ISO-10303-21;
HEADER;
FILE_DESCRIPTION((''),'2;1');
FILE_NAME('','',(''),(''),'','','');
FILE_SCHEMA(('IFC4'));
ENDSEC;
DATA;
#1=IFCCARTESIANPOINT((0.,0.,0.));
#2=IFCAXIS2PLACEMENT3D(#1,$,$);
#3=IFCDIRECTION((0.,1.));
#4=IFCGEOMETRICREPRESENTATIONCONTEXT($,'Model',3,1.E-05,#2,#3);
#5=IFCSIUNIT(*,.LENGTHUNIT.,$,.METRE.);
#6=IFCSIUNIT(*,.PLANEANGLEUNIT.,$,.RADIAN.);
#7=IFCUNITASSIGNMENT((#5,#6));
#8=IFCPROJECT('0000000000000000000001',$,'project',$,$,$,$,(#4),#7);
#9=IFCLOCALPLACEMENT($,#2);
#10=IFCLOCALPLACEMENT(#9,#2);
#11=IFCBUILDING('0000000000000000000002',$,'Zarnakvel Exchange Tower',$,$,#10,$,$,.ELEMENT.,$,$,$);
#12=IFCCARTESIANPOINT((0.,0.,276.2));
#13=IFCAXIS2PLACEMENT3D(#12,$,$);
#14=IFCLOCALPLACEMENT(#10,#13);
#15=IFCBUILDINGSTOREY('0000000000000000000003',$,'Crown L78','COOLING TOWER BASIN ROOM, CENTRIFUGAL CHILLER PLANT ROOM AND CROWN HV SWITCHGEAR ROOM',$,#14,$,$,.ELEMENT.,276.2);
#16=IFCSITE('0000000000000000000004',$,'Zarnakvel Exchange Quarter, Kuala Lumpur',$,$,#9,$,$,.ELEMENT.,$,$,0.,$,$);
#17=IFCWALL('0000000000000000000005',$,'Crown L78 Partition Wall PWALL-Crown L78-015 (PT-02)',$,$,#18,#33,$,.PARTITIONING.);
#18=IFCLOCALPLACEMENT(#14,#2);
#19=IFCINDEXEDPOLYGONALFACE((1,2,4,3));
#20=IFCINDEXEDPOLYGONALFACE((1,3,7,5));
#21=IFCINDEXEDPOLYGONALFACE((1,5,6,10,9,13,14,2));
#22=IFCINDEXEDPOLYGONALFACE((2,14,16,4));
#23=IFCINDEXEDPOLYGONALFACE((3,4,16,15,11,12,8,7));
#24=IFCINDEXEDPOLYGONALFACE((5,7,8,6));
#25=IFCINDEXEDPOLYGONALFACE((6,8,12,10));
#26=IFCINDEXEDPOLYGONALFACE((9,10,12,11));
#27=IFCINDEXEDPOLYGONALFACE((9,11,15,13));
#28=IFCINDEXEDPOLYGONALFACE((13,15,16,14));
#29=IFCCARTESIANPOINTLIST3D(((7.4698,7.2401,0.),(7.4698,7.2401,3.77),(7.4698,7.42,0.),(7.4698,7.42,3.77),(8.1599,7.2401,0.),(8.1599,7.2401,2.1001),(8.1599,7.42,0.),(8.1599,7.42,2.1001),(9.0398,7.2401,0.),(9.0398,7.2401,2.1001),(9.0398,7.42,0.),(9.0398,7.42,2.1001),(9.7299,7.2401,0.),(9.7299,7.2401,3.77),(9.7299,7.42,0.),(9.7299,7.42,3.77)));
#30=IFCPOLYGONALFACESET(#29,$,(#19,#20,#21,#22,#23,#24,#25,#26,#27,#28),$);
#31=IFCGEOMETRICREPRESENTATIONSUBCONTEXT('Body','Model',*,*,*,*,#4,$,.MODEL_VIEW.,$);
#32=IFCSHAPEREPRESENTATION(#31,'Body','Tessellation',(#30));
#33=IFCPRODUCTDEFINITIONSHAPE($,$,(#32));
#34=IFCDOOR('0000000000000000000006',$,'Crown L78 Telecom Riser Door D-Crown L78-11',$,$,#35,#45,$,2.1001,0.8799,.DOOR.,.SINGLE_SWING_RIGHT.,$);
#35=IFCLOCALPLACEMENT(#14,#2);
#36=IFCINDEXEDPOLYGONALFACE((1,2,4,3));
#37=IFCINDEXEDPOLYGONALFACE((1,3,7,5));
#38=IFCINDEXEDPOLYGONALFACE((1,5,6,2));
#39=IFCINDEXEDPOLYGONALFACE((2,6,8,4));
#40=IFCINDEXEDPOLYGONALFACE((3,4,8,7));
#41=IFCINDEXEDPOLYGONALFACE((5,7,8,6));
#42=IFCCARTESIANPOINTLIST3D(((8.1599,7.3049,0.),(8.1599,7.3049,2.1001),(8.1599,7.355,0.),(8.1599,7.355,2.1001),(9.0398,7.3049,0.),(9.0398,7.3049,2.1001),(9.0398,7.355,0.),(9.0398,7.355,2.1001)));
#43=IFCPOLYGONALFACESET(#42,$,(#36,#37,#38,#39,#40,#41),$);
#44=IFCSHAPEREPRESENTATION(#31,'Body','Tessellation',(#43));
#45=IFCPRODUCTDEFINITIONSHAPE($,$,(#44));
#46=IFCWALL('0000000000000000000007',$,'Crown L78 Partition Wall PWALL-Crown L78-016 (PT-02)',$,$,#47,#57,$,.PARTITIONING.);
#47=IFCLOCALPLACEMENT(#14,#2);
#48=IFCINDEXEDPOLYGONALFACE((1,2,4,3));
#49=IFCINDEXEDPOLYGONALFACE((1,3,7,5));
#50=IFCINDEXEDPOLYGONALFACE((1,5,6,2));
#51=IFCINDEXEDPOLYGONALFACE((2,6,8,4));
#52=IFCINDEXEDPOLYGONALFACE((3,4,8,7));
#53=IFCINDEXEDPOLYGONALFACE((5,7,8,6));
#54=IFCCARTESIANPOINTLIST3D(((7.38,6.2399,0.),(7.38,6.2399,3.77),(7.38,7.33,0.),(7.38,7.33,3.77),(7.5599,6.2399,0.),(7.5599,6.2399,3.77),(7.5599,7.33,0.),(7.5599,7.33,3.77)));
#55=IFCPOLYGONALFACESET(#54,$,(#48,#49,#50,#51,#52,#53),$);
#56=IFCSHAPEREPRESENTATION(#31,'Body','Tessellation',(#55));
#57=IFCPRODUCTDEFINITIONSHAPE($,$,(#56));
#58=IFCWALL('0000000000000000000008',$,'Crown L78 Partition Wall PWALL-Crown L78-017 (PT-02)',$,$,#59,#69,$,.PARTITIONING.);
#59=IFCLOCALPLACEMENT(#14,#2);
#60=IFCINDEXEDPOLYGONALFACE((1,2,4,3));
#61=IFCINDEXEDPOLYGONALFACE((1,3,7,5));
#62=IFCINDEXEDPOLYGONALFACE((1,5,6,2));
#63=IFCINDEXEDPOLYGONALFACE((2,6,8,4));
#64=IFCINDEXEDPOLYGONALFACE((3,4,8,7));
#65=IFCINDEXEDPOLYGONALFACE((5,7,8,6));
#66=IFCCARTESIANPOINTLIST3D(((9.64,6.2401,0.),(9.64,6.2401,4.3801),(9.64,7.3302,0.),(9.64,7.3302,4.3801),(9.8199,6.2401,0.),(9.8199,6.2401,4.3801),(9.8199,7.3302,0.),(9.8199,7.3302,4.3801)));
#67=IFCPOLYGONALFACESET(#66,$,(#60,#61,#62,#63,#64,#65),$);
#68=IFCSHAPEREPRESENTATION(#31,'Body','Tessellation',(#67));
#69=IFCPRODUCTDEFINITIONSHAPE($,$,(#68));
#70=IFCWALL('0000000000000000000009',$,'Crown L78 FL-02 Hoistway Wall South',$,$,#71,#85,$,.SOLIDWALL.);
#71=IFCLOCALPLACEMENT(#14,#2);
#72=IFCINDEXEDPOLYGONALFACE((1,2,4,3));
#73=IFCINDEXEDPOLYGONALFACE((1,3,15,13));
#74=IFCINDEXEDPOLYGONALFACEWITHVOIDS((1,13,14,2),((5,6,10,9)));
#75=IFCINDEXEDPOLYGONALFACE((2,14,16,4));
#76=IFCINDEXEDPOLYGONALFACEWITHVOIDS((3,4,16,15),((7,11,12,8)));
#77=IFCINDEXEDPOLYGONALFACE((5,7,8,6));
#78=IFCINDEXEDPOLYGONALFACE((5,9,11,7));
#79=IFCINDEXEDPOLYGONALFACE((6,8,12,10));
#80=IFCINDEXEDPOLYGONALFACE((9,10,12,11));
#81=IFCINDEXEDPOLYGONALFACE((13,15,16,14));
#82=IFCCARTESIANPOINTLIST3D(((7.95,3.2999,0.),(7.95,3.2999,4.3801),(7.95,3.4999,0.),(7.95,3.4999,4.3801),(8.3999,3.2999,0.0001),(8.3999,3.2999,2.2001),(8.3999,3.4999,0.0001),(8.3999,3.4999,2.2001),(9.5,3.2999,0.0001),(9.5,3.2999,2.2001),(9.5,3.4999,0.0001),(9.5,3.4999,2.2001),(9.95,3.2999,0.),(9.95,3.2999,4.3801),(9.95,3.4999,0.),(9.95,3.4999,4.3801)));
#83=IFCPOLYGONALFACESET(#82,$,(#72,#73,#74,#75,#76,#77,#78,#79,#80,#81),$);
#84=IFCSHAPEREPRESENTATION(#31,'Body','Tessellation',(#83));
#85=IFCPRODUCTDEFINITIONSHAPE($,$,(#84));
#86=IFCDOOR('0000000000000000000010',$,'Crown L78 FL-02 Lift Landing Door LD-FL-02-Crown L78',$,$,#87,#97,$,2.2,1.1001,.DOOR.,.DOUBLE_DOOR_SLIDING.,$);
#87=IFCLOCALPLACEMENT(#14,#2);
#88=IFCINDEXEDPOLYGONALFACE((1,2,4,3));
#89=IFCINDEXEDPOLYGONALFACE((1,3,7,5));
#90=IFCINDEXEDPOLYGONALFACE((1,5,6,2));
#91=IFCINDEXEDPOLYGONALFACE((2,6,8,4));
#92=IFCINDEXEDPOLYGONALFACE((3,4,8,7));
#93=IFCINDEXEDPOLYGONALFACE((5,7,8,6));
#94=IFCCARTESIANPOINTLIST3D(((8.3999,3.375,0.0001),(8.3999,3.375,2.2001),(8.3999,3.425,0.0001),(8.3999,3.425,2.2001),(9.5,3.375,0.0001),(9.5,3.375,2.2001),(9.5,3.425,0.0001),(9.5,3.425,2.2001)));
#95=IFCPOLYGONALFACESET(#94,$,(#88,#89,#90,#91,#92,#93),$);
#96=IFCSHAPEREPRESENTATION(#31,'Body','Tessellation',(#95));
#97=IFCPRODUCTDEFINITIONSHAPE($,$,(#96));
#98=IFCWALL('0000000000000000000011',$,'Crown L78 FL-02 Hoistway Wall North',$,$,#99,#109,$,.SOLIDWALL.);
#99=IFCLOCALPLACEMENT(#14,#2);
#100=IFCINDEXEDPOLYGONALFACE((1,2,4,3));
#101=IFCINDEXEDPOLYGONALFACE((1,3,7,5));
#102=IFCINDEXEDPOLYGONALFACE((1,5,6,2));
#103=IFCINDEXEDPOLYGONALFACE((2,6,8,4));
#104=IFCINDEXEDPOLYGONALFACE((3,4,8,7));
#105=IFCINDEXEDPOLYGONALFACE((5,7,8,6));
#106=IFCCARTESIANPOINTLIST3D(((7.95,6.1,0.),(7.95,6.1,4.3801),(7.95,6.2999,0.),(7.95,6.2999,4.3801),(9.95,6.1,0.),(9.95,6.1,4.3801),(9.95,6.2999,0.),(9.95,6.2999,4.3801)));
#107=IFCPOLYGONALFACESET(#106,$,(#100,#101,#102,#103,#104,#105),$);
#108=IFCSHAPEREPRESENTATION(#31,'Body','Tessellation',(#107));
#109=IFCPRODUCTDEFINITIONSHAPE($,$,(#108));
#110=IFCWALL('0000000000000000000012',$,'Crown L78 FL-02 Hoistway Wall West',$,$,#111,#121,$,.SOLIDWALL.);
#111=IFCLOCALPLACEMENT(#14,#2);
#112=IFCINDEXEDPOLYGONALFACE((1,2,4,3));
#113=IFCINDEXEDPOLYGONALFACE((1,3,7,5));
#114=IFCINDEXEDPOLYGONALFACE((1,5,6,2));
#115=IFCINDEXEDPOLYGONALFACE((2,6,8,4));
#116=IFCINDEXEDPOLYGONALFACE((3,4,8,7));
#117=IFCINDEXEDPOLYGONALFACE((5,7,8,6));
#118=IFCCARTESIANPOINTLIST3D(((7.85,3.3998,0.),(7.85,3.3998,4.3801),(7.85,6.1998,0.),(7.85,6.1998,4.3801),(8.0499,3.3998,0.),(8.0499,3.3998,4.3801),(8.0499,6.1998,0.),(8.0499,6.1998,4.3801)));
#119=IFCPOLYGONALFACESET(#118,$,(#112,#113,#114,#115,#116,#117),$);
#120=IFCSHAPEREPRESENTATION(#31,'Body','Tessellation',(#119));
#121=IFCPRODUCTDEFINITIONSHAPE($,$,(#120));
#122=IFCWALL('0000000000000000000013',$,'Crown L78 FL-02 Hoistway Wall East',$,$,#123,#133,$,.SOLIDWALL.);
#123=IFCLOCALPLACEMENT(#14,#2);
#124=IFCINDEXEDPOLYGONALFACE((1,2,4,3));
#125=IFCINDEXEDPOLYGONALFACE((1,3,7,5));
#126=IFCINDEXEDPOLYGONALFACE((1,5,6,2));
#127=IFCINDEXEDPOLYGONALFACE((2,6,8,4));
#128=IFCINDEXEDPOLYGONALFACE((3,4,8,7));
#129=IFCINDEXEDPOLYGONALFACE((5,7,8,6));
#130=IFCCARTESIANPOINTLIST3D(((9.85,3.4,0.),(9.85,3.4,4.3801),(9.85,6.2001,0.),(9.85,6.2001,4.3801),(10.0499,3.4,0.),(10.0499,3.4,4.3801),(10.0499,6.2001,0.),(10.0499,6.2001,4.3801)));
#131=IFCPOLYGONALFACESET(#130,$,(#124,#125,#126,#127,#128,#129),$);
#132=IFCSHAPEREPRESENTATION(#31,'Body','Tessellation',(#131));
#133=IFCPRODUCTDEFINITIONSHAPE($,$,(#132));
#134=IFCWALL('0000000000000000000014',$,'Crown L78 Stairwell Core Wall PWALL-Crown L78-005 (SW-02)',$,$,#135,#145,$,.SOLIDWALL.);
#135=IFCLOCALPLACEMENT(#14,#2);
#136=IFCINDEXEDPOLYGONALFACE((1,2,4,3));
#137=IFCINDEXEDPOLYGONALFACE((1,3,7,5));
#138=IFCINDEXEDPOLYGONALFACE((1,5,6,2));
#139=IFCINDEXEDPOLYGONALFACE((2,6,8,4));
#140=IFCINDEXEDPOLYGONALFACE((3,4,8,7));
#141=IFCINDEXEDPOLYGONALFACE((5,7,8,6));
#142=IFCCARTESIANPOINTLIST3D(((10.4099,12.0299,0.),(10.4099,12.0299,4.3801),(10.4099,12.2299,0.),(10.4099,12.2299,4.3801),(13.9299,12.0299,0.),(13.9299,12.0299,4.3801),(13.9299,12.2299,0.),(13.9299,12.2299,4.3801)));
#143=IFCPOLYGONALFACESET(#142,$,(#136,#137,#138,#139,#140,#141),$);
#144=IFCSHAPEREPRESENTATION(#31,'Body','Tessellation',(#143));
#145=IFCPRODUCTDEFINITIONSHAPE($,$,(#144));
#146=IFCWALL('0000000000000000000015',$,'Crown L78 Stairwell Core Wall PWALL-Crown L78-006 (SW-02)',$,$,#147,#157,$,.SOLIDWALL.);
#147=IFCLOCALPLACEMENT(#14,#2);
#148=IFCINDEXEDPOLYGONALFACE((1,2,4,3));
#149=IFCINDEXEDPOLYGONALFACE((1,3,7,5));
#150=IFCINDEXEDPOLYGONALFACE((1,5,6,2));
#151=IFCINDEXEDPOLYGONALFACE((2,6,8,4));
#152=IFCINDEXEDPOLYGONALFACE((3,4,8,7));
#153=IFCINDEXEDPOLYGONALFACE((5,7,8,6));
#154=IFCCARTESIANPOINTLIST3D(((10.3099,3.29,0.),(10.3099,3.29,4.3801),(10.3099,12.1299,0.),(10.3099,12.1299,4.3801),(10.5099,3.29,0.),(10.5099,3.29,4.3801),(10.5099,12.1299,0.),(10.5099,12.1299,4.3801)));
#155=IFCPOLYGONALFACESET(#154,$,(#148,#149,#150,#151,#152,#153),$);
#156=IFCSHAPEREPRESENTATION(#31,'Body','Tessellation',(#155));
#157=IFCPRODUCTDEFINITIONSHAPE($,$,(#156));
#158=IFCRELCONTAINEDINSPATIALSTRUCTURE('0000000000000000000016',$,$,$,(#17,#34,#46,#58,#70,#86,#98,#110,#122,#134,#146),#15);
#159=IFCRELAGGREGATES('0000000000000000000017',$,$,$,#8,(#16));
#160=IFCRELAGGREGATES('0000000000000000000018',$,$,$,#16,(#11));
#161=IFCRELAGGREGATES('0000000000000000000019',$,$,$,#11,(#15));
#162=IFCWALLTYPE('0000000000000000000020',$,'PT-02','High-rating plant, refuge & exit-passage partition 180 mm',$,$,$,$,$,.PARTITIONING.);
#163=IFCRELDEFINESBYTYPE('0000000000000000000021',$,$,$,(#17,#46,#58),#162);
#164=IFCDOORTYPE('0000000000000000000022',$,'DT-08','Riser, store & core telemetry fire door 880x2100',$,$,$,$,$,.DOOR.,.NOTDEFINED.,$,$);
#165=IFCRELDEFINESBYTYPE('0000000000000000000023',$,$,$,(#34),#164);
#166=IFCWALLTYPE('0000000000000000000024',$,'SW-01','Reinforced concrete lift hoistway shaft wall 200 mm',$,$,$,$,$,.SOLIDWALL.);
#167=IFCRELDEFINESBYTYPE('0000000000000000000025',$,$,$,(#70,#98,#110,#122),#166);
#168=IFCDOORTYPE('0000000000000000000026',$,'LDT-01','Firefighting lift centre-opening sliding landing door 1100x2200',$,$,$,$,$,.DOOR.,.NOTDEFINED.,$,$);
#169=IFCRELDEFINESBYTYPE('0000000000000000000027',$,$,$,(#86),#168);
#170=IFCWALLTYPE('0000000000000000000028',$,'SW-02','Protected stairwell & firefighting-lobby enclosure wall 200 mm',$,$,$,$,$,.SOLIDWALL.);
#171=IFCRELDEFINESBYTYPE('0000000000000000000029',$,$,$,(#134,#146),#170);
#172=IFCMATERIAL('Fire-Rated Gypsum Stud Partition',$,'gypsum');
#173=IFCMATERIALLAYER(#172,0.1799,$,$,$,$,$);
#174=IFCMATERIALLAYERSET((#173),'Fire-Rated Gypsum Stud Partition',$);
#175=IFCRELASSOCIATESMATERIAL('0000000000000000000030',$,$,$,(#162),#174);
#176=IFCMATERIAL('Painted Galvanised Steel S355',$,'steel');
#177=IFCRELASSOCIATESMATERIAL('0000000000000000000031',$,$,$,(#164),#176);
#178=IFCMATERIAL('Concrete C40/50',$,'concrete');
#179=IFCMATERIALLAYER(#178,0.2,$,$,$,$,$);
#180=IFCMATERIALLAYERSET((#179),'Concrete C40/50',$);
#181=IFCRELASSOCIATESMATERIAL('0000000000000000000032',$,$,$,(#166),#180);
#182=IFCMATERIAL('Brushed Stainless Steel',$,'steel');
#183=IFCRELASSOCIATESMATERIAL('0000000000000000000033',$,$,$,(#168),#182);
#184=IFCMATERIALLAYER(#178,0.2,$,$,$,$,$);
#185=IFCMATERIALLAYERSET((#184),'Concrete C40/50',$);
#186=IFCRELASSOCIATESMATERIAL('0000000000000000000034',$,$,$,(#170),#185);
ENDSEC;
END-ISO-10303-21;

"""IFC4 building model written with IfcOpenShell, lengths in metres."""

from ifc_helpers import new_model, si_unit, direction, frame, frame_2d, origin, place, context, subcontext, project, spatial, rectangle, extrude, source, transform, mapped, material, layer, layer_set, type_object, element, fill, save


model = new_model("IFC4")

# Units and contexts
model_context = context("Model", 3, precision=1e-05, world=origin(), true_north=direction((0.0, 1.0)))
body_context = subcontext(model_context, "Body", "Model", "MODEL_VIEW")
ifc_project = project(units=[si_unit("LENGTHUNIT", "METRE"), si_unit("PLANEANGLEUNIT", "RADIAN")], contexts=[model_context])

# Site, building, storey
site_placement = place(None, origin())
site = spatial("IfcSite", under=ifc_project, at=site_placement, Name="Zarnakvel Exchange Quarter, Kuala Lumpur", CompositionType="ELEMENT", RefElevation=0.0)
building_placement = place(site_placement, origin())
building = spatial("IfcBuilding", under=site, at=building_placement, Name="Zarnakvel Exchange Tower", CompositionType="ELEMENT")
storey_placement = place(building_placement, frame((0.0, 0.0, 276.2)))
storey = spatial("IfcBuildingStorey", under=building, at=storey_placement, Name="Crown L78", Description="COOLING TOWER BASIN ROOM, CENTRIFUGAL CHILLER PLANT ROOM AND CROWN HV SWITCHGEAR ROOM", CompositionType="ELEMENT", Elevation=276.2)

# Shared definitions
ifc_material_1 = material(Name="Fire-Rated Gypsum Stud Partition", Category="gypsum")
ifc_layer_1 = layer(ifc_material_1, 0.1799)
ifc_layer_set_1 = layer_set([ifc_layer_1], Name="Fire-Rated Gypsum Stud Partition")
wall_type_1 = type_object("IfcWallType", Name="PT-02", Description="High-rating plant, refuge & exit-passage partition 180 mm", PredefinedType="PARTITIONING", material=ifc_layer_set_1)
ifc_material_2 = material(Name="Painted Galvanised Steel S355", Category="steel")

# Wall, opening, door
wall_1_placement = place(storey_placement, frame((7.47, 7.3301, 0.0), z_axis=(0.0, 0.0, 1.0), x_axis=(1.0, 0.0, 0.0)))
wall_1 = element("IfcWall", 1, at=wall_1_placement, inside=storey, type_object=wall_type_1, Name="Crown L78 Partition Wall PWALL-Crown L78-015 (PT-02)", PredefinedType="PARTITIONING", context=body_context, shape_type="SweptSolid", body=[
    extrude(rectangle(XDim=2.26, YDim=0.1799, at=frame_2d((1.1299, 0.0))), origin(), (0.0, 0.0, 1.0), 3.77),
])
opening_1_placement = place(wall_1_placement, frame((0.6899, 0.0, 0.0)))
opening_1 = element("IfcOpeningElement", 2, at=opening_1_placement, cuts=wall_1, PredefinedType="OPENING", context=body_context, shape_type="SweptSolid", body=[
    extrude(rectangle(XDim=0.8799, YDim=2.1001, at=frame_2d((0.4399, 1.05))), frame((0.0, 0.0999, 0.0), z_axis=(0.0, -1.0, 0.0), x_axis=(1.0, 0.0, 0.0)), (0.0, 0.0, 1.0), 0.2),
])
door_type_1 = type_object("IfcDoorType", Name="DT-08", Description="Riser, store & core telemetry fire door 880x2100", OperationType="NOTDEFINED", PredefinedType="DOOR", material=ifc_material_2)
shared_shape_1 = source(origin(), body_context, "Body", "SweptSolid", [
    extrude(rectangle(XDim=0.8799, YDim=2.1001, at=frame_2d((0.4399, 1.05))), frame((0.0, 0.0249, 0.0), z_axis=(0.0, -1.0, 0.0), x_axis=(1.0, 0.0, 0.0)), (0.0, 0.0, 1.0), 0.05),
])
door_1_placement = place(opening_1_placement, origin())
door_1 = element("IfcDoor", 3, at=door_1_placement, inside=storey, type_object=door_type_1, Name="Crown L78 Telecom Riser Door D-Crown L78-11", OperationType="SINGLE_SWING_RIGHT", OverallHeight=2.1001, OverallWidth=0.8799, PredefinedType="DOOR", context=body_context, shape_type="MappedRepresentation", body=[
    mapped(shared_shape_1, transform((0.0, 0.0, 0.0), x_axis=(1.0, 0.0, 0.0), y_axis=(0.0, 1.0, 0.0), z_axis=(0.0, 0.0, 1.0), scale=1.0)),
])
fill(opening_1, door_1)

# Walls
wall_2_placement = place(storey_placement, frame((7.47, 6.24, 0.0), z_axis=(0.0, 0.0, 1.0), x_axis=(0.0, 1.0, 0.0)))
element("IfcWall", 4, at=wall_2_placement, inside=storey, type_object=wall_type_1, Name="Crown L78 Partition Wall PWALL-Crown L78-016 (PT-02)", PredefinedType="PARTITIONING", context=body_context, shape_type="SweptSolid", body=[
    extrude(rectangle(XDim=1.0901, YDim=0.1799, at=frame_2d((0.5449, 0.0))), origin(), (0.0, 0.0, 1.0), 3.77),
])
wall_3_placement = place(storey_placement, frame((9.73, 7.3301, 0.0), z_axis=(0.0, 0.0, 1.0), x_axis=(0.0, -1.0, 0.0)))
element("IfcWall", 5, at=wall_3_placement, inside=storey, type_object=wall_type_1, Name="Crown L78 Partition Wall PWALL-Crown L78-017 (PT-02)", PredefinedType="PARTITIONING", context=body_context, shape_type="SweptSolid", body=[
    extrude(rectangle(XDim=1.0901, YDim=0.1799, at=frame_2d((0.5449, 0.0))), origin(), (0.0, 0.0, 1.0), 4.3801),
])

# Wall, opening, door
ifc_material_3 = material(Name="Concrete C40/50", Category="concrete")
ifc_layer_2 = layer(ifc_material_3, 0.2)
ifc_layer_set_2 = layer_set([ifc_layer_2], Name="Concrete C40/50")
wall_type_2 = type_object("IfcWallType", Name="SW-01", Description="Reinforced concrete lift hoistway shaft wall 200 mm", PredefinedType="SOLIDWALL", material=ifc_layer_set_2)
wall_4_placement = place(storey_placement, frame((9.95, 3.3999, 0.0), z_axis=(0.0, 0.0, 1.0), x_axis=(-1.0, 0.0, 0.0)))
wall_4 = element("IfcWall", 6, at=wall_4_placement, inside=storey, type_object=wall_type_2, Name="Crown L78 FL-02 Hoistway Wall South", PredefinedType="SOLIDWALL", context=body_context, shape_type="SweptSolid", body=[
    extrude(rectangle(XDim=2.0, YDim=0.2, at=frame_2d((1.0, 0.0))), origin(), (0.0, 0.0, 1.0), 4.3801),
])
opening_2_placement = place(wall_4_placement, frame((0.45, 0.0, 0.0)))
opening_2 = element("IfcOpeningElement", 7, at=opening_2_placement, cuts=wall_4, PredefinedType="OPENING", context=body_context, shape_type="SweptSolid", body=[
    extrude(rectangle(XDim=1.1001, YDim=2.2, at=frame_2d((0.55, 1.1001))), frame((0.0, 0.1099, 0.0), z_axis=(0.0, -1.0, 0.0), x_axis=(1.0, 0.0, 0.0)), (0.0, 0.0, 1.0), 0.22),
])
ifc_material_4 = material(Name="Brushed Stainless Steel", Category="steel")
door_type_2 = type_object("IfcDoorType", Name="LDT-01", Description="Firefighting lift centre-opening sliding landing door 1100x2200", OperationType="NOTDEFINED", PredefinedType="DOOR", material=ifc_material_4)
shared_shape_2 = source(origin(), body_context, "Body", "SweptSolid", [
    extrude(rectangle(XDim=1.1001, YDim=2.2, at=frame_2d((0.55, 1.1001))), frame((0.0, 0.0249, 0.0), z_axis=(0.0, -1.0, 0.0), x_axis=(1.0, 0.0, 0.0)), (0.0, 0.0, 1.0), 0.05),
])
door_2_placement = place(opening_2_placement, origin())
door_2 = element("IfcDoor", 8, at=door_2_placement, inside=storey, type_object=door_type_2, Name="Crown L78 FL-02 Lift Landing Door LD-FL-02-Crown L78", OperationType="DOUBLE_DOOR_SLIDING", OverallHeight=2.2, OverallWidth=1.1001, PredefinedType="DOOR", context=body_context, shape_type="MappedRepresentation", body=[
    mapped(shared_shape_2, transform((0.0, 0.0, 0.0), x_axis=(1.0, 0.0, 0.0), y_axis=(0.0, 1.0, 0.0), z_axis=(0.0, 0.0, 1.0), scale=1.0)),
])
fill(opening_2, door_2)

# Walls
wall_5_placement = place(storey_placement, frame((7.95, 6.2, 0.0), z_axis=(0.0, 0.0, 1.0), x_axis=(1.0, 0.0, 0.0)))
element("IfcWall", 9, at=wall_5_placement, inside=storey, type_object=wall_type_2, Name="Crown L78 FL-02 Hoistway Wall North", PredefinedType="SOLIDWALL", context=body_context, shape_type="SweptSolid", body=[
    extrude(rectangle(XDim=2.0, YDim=0.2, at=frame_2d((1.0, 0.0))), origin(), (0.0, 0.0, 1.0), 4.3801),
])
for number, where, z_axis, x_axis, name in (
    (10, (7.95, 3.3999, 0.0), (0.0, 0.0, 1.0), (0.0, 1.0, 0.0), "Crown L78 FL-02 Hoistway Wall West"),
    (11, (9.95, 6.2, 0.0), (0.0, 0.0, 1.0), (0.0, -1.0, 0.0), "Crown L78 FL-02 Hoistway Wall East"),
):
    element("IfcWall", number, at=place(storey_placement, frame(where, z_axis=z_axis, x_axis=x_axis)), inside=storey, type_object=wall_type_2, Name=name, PredefinedType="SOLIDWALL", context=body_context, shape_type="SweptSolid", body=[
        extrude(rectangle(XDim=2.8, YDim=0.2, at=frame_2d((1.3999, 0.0))), origin(), (0.0, 0.0, 1.0), 4.3801),
    ])
ifc_layer_3 = layer(ifc_material_3, 0.2)
ifc_layer_set_3 = layer_set([ifc_layer_3], Name="Concrete C40/50")
wall_type_3 = type_object("IfcWallType", Name="SW-02", Description="Protected stairwell & firefighting-lobby enclosure wall 200 mm", PredefinedType="SOLIDWALL", material=ifc_layer_set_3)
wall_6_placement = place(storey_placement, frame((10.4099, 12.1299, 0.0), z_axis=(0.0, 0.0, 1.0), x_axis=(1.0, 0.0, 0.0)))
element("IfcWall", 12, at=wall_6_placement, inside=storey, type_object=wall_type_3, Name="Crown L78 Stairwell Core Wall PWALL-Crown L78-005 (SW-02)", PredefinedType="SOLIDWALL", context=body_context, shape_type="SweptSolid", body=[
    extrude(rectangle(XDim=3.52, YDim=0.2, at=frame_2d((1.76, 0.0))), origin(), (0.0, 0.0, 1.0), 4.3801),
])
wall_7_placement = place(storey_placement, frame((10.4099, 3.29, 0.0), z_axis=(0.0, 0.0, 1.0), x_axis=(0.0, 1.0, 0.0)))
element("IfcWall", 13, at=wall_7_placement, inside=storey, type_object=wall_type_3, Name="Crown L78 Stairwell Core Wall PWALL-Crown L78-006 (SW-02)", PredefinedType="SOLIDWALL", context=body_context, shape_type="SweptSolid", body=[
    extrude(rectangle(XDim=8.8398, YDim=0.2, at=frame_2d((4.4199, 0.0))), origin(), (0.0, 0.0, 1.0), 4.3801),
])

save(model, "model.ifc")
